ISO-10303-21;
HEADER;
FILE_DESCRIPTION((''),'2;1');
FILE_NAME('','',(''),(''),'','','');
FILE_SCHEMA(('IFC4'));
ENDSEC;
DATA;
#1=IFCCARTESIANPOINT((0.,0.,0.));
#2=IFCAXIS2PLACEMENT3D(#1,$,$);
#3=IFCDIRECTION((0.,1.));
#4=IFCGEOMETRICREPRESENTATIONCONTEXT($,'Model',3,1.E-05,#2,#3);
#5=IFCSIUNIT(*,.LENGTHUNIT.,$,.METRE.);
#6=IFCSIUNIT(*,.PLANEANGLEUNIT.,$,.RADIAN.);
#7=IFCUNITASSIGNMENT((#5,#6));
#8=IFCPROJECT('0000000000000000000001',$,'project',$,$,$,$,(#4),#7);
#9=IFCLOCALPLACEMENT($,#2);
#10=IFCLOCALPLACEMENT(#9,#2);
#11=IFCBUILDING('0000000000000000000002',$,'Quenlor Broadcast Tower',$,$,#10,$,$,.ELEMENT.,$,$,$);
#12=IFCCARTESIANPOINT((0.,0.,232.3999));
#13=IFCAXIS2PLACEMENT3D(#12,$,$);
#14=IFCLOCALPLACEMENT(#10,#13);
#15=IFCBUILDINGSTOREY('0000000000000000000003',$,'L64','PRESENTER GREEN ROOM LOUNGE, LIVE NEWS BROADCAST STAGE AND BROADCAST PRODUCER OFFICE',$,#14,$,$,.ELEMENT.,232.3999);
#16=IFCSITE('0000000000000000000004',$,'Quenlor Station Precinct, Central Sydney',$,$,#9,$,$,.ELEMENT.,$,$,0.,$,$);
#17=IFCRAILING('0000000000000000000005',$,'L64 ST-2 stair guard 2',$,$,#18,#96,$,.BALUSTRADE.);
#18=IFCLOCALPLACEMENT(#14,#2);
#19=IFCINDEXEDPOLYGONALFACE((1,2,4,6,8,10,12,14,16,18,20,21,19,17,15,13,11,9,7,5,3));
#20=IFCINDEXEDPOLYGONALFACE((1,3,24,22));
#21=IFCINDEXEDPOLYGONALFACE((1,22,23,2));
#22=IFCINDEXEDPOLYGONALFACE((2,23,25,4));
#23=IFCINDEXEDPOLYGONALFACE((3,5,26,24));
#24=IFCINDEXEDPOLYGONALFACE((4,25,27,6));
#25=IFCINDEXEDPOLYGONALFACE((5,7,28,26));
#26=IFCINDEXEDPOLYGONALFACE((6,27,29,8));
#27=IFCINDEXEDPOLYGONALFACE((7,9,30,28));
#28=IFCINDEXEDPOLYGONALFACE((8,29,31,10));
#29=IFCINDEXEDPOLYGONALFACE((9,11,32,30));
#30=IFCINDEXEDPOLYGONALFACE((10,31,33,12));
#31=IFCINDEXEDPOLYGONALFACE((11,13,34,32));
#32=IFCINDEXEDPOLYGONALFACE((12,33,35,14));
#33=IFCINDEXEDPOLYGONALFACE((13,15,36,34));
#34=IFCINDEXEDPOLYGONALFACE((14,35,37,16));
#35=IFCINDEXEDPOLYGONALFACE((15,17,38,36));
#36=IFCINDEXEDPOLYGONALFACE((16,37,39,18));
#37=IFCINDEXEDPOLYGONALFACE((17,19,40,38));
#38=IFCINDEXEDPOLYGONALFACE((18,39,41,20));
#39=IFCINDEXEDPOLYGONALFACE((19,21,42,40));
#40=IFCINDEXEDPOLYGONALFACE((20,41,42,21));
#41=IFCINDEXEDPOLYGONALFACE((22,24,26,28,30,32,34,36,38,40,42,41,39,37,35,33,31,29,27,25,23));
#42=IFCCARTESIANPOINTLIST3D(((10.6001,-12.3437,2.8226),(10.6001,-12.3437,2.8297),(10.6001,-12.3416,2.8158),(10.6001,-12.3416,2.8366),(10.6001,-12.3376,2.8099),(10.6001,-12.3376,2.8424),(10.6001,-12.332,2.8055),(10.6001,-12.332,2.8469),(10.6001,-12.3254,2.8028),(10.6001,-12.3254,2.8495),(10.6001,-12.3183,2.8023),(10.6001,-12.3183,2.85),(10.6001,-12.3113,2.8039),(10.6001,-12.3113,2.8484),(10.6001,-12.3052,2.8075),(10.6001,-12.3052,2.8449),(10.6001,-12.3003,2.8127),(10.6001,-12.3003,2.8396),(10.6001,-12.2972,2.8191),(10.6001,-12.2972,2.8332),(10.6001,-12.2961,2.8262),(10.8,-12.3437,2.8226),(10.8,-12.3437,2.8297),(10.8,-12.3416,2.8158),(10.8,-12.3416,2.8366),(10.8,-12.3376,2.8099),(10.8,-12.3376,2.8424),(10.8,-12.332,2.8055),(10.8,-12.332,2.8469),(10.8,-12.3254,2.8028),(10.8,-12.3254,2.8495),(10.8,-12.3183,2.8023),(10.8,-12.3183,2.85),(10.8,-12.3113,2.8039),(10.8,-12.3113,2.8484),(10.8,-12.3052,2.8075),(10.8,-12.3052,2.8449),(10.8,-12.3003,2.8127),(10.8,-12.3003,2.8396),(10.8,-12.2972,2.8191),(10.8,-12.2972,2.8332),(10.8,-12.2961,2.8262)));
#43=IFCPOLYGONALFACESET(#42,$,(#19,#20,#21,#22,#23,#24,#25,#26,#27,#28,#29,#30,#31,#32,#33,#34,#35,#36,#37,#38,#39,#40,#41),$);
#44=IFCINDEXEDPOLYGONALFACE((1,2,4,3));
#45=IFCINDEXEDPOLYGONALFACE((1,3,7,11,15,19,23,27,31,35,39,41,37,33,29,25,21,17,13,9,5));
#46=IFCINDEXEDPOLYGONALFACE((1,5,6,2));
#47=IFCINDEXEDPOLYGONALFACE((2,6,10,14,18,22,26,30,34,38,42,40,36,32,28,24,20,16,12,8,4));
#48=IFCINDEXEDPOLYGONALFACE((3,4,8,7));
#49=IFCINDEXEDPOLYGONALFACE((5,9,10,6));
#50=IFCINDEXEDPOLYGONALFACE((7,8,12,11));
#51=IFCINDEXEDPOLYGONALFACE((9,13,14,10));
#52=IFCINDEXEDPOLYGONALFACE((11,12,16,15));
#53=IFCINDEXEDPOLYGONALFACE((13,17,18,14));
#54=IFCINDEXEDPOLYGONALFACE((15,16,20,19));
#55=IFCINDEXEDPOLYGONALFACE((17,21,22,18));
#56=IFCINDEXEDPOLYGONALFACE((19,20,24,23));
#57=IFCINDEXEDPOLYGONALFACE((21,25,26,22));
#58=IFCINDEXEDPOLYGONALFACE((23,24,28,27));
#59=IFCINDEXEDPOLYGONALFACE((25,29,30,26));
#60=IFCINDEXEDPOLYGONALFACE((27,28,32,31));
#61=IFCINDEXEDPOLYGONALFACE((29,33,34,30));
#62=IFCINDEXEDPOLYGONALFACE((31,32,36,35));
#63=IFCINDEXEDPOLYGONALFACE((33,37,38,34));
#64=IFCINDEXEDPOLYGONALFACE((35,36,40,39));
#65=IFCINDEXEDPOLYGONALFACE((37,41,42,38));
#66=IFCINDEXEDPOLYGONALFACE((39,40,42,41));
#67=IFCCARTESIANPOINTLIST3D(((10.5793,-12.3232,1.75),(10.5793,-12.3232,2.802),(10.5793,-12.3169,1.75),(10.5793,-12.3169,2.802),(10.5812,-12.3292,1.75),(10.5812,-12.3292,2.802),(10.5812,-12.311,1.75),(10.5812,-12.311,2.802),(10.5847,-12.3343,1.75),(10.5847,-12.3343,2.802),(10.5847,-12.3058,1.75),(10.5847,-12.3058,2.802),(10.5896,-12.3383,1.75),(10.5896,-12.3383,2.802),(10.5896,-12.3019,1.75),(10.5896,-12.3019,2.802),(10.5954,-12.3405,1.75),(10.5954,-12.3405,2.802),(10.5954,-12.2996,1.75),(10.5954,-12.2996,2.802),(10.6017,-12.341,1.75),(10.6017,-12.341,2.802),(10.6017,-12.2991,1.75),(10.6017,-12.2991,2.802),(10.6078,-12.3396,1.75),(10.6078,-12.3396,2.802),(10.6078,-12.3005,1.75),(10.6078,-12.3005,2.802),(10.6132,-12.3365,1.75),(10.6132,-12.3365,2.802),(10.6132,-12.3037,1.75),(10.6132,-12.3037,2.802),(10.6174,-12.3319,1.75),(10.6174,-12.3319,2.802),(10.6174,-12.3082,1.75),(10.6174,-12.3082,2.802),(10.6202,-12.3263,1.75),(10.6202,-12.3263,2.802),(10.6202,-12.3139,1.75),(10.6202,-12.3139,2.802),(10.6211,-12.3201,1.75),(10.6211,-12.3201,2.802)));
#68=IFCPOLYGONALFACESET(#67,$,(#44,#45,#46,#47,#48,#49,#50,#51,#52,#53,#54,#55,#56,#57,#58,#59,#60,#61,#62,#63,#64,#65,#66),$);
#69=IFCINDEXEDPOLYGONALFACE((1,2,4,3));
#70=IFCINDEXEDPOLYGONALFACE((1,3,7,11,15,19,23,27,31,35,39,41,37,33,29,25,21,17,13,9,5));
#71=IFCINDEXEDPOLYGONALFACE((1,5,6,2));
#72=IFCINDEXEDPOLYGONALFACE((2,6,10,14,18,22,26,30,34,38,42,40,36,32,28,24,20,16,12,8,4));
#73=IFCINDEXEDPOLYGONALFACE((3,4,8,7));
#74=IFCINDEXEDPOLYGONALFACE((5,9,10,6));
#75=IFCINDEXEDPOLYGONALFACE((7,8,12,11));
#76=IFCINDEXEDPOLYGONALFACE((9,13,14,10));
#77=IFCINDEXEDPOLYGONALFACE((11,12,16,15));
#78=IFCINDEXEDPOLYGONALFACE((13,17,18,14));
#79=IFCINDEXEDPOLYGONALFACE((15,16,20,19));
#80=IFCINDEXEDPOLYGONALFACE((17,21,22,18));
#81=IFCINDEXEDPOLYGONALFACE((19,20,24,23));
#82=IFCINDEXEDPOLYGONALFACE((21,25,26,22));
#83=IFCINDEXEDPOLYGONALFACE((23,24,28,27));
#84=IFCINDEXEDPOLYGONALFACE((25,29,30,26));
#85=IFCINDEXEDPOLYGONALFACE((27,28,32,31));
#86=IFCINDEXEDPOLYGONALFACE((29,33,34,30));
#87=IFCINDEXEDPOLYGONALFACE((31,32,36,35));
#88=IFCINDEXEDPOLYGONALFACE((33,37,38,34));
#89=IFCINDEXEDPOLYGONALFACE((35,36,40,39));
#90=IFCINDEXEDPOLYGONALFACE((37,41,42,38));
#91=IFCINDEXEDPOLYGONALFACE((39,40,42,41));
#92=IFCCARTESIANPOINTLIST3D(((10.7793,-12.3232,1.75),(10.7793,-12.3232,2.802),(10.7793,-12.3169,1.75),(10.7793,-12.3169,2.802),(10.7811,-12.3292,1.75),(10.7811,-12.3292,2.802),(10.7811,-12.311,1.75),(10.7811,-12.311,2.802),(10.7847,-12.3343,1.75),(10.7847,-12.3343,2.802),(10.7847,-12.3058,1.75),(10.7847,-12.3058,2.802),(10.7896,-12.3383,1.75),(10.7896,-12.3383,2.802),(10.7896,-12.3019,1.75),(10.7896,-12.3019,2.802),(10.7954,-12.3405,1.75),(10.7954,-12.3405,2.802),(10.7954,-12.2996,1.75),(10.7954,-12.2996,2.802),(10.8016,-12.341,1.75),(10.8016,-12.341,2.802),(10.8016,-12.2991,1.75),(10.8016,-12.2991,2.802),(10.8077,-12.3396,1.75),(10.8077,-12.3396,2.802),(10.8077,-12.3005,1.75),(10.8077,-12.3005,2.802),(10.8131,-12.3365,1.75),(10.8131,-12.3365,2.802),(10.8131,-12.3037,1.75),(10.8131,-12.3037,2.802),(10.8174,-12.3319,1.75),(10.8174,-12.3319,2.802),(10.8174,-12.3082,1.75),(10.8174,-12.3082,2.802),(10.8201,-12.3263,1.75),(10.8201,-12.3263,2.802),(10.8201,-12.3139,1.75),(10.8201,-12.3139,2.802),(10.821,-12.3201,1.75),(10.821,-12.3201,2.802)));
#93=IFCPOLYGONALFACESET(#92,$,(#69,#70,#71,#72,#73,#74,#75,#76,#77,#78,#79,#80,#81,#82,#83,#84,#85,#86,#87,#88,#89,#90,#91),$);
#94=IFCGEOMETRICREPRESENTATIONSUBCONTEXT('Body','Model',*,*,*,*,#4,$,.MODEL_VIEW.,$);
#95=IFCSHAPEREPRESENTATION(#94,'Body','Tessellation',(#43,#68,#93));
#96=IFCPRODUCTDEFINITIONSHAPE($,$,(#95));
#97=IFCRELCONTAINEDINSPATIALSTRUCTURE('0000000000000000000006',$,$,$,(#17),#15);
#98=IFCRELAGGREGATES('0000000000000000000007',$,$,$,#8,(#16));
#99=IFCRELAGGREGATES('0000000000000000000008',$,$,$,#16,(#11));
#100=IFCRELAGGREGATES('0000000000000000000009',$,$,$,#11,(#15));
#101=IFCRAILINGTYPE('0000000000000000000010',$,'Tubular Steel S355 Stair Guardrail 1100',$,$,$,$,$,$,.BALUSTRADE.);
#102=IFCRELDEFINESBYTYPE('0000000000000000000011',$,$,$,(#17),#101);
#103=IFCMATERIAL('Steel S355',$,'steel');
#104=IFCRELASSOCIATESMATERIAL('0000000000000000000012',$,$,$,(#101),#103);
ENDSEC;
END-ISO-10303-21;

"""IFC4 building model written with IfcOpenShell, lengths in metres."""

from ifc_helpers import new_model, si_unit, direction, frame, origin, origin_2d, place, context, subcontext, project, spatial, circle, extrude, material, type_object, element, save


model = new_model("IFC4")

# Units and contexts
model_context = context("Model", 3, precision=1e-05, world=origin(), true_north=direction((0.0, 1.0)))
body_context = subcontext(model_context, "Body", "Model", "MODEL_VIEW")
ifc_project = project(units=[si_unit("LENGTHUNIT", "METRE"), si_unit("PLANEANGLEUNIT", "RADIAN")], contexts=[model_context])

# Site, building, storey
site_placement = place(None, origin())
site = spatial("IfcSite", under=ifc_project, at=site_placement, Name="Quenlor Station Precinct, Central Sydney", CompositionType="ELEMENT", RefElevation=0.0)
building_placement = place(site_placement, origin())
building = spatial("IfcBuilding", under=site, at=building_placement, Name="Quenlor Broadcast Tower", CompositionType="ELEMENT")
storey_placement = place(building_placement, frame((0.0, 0.0, 232.3999)))
storey = spatial("IfcBuildingStorey", under=building, at=storey_placement, Name="L64", Description="PRESENTER GREEN ROOM LOUNGE, LIVE NEWS BROADCAST STAGE AND BROADCAST PRODUCER OFFICE", CompositionType="ELEMENT", Elevation=232.3999)

# Railing
ifc_material_1 = material(Name="Steel S355", Category="steel")
railing_type_1 = type_object("IfcRailingType", Name="Tubular Steel S355 Stair Guardrail 1100", PredefinedType="BALUSTRADE", material=ifc_material_1)
railing_1_placement = place(storey_placement, frame((10.6001, -12.3201, 1.75)))
element("IfcRailing", 1, at=railing_1_placement, inside=storey, type_object=railing_type_1, Name="L64 ST-2 stair guard 2", PredefinedType="BALUSTRADE", context=body_context, shape_type="SweptSolid", body=[
    extrude(circle(Radius=0.0239, at=origin_2d()), frame((0.0, 0.0, 1.0762), z_axis=(1.0, 0.0, 0.0), x_axis=(0.0, 1.0, 0.0)), (0.0, 0.0, 1.0), 0.2),
    extrude(circle(Radius=0.021, at=origin_2d()), origin(), (0.0, 0.0, 1.0), 1.052),
    extrude(circle(Radius=0.021, at=origin_2d()), frame((0.2, 0.0, 0.0)), (0.0, 0.0, 1.0), 1.052),
])

save(model, "model.ifc")
